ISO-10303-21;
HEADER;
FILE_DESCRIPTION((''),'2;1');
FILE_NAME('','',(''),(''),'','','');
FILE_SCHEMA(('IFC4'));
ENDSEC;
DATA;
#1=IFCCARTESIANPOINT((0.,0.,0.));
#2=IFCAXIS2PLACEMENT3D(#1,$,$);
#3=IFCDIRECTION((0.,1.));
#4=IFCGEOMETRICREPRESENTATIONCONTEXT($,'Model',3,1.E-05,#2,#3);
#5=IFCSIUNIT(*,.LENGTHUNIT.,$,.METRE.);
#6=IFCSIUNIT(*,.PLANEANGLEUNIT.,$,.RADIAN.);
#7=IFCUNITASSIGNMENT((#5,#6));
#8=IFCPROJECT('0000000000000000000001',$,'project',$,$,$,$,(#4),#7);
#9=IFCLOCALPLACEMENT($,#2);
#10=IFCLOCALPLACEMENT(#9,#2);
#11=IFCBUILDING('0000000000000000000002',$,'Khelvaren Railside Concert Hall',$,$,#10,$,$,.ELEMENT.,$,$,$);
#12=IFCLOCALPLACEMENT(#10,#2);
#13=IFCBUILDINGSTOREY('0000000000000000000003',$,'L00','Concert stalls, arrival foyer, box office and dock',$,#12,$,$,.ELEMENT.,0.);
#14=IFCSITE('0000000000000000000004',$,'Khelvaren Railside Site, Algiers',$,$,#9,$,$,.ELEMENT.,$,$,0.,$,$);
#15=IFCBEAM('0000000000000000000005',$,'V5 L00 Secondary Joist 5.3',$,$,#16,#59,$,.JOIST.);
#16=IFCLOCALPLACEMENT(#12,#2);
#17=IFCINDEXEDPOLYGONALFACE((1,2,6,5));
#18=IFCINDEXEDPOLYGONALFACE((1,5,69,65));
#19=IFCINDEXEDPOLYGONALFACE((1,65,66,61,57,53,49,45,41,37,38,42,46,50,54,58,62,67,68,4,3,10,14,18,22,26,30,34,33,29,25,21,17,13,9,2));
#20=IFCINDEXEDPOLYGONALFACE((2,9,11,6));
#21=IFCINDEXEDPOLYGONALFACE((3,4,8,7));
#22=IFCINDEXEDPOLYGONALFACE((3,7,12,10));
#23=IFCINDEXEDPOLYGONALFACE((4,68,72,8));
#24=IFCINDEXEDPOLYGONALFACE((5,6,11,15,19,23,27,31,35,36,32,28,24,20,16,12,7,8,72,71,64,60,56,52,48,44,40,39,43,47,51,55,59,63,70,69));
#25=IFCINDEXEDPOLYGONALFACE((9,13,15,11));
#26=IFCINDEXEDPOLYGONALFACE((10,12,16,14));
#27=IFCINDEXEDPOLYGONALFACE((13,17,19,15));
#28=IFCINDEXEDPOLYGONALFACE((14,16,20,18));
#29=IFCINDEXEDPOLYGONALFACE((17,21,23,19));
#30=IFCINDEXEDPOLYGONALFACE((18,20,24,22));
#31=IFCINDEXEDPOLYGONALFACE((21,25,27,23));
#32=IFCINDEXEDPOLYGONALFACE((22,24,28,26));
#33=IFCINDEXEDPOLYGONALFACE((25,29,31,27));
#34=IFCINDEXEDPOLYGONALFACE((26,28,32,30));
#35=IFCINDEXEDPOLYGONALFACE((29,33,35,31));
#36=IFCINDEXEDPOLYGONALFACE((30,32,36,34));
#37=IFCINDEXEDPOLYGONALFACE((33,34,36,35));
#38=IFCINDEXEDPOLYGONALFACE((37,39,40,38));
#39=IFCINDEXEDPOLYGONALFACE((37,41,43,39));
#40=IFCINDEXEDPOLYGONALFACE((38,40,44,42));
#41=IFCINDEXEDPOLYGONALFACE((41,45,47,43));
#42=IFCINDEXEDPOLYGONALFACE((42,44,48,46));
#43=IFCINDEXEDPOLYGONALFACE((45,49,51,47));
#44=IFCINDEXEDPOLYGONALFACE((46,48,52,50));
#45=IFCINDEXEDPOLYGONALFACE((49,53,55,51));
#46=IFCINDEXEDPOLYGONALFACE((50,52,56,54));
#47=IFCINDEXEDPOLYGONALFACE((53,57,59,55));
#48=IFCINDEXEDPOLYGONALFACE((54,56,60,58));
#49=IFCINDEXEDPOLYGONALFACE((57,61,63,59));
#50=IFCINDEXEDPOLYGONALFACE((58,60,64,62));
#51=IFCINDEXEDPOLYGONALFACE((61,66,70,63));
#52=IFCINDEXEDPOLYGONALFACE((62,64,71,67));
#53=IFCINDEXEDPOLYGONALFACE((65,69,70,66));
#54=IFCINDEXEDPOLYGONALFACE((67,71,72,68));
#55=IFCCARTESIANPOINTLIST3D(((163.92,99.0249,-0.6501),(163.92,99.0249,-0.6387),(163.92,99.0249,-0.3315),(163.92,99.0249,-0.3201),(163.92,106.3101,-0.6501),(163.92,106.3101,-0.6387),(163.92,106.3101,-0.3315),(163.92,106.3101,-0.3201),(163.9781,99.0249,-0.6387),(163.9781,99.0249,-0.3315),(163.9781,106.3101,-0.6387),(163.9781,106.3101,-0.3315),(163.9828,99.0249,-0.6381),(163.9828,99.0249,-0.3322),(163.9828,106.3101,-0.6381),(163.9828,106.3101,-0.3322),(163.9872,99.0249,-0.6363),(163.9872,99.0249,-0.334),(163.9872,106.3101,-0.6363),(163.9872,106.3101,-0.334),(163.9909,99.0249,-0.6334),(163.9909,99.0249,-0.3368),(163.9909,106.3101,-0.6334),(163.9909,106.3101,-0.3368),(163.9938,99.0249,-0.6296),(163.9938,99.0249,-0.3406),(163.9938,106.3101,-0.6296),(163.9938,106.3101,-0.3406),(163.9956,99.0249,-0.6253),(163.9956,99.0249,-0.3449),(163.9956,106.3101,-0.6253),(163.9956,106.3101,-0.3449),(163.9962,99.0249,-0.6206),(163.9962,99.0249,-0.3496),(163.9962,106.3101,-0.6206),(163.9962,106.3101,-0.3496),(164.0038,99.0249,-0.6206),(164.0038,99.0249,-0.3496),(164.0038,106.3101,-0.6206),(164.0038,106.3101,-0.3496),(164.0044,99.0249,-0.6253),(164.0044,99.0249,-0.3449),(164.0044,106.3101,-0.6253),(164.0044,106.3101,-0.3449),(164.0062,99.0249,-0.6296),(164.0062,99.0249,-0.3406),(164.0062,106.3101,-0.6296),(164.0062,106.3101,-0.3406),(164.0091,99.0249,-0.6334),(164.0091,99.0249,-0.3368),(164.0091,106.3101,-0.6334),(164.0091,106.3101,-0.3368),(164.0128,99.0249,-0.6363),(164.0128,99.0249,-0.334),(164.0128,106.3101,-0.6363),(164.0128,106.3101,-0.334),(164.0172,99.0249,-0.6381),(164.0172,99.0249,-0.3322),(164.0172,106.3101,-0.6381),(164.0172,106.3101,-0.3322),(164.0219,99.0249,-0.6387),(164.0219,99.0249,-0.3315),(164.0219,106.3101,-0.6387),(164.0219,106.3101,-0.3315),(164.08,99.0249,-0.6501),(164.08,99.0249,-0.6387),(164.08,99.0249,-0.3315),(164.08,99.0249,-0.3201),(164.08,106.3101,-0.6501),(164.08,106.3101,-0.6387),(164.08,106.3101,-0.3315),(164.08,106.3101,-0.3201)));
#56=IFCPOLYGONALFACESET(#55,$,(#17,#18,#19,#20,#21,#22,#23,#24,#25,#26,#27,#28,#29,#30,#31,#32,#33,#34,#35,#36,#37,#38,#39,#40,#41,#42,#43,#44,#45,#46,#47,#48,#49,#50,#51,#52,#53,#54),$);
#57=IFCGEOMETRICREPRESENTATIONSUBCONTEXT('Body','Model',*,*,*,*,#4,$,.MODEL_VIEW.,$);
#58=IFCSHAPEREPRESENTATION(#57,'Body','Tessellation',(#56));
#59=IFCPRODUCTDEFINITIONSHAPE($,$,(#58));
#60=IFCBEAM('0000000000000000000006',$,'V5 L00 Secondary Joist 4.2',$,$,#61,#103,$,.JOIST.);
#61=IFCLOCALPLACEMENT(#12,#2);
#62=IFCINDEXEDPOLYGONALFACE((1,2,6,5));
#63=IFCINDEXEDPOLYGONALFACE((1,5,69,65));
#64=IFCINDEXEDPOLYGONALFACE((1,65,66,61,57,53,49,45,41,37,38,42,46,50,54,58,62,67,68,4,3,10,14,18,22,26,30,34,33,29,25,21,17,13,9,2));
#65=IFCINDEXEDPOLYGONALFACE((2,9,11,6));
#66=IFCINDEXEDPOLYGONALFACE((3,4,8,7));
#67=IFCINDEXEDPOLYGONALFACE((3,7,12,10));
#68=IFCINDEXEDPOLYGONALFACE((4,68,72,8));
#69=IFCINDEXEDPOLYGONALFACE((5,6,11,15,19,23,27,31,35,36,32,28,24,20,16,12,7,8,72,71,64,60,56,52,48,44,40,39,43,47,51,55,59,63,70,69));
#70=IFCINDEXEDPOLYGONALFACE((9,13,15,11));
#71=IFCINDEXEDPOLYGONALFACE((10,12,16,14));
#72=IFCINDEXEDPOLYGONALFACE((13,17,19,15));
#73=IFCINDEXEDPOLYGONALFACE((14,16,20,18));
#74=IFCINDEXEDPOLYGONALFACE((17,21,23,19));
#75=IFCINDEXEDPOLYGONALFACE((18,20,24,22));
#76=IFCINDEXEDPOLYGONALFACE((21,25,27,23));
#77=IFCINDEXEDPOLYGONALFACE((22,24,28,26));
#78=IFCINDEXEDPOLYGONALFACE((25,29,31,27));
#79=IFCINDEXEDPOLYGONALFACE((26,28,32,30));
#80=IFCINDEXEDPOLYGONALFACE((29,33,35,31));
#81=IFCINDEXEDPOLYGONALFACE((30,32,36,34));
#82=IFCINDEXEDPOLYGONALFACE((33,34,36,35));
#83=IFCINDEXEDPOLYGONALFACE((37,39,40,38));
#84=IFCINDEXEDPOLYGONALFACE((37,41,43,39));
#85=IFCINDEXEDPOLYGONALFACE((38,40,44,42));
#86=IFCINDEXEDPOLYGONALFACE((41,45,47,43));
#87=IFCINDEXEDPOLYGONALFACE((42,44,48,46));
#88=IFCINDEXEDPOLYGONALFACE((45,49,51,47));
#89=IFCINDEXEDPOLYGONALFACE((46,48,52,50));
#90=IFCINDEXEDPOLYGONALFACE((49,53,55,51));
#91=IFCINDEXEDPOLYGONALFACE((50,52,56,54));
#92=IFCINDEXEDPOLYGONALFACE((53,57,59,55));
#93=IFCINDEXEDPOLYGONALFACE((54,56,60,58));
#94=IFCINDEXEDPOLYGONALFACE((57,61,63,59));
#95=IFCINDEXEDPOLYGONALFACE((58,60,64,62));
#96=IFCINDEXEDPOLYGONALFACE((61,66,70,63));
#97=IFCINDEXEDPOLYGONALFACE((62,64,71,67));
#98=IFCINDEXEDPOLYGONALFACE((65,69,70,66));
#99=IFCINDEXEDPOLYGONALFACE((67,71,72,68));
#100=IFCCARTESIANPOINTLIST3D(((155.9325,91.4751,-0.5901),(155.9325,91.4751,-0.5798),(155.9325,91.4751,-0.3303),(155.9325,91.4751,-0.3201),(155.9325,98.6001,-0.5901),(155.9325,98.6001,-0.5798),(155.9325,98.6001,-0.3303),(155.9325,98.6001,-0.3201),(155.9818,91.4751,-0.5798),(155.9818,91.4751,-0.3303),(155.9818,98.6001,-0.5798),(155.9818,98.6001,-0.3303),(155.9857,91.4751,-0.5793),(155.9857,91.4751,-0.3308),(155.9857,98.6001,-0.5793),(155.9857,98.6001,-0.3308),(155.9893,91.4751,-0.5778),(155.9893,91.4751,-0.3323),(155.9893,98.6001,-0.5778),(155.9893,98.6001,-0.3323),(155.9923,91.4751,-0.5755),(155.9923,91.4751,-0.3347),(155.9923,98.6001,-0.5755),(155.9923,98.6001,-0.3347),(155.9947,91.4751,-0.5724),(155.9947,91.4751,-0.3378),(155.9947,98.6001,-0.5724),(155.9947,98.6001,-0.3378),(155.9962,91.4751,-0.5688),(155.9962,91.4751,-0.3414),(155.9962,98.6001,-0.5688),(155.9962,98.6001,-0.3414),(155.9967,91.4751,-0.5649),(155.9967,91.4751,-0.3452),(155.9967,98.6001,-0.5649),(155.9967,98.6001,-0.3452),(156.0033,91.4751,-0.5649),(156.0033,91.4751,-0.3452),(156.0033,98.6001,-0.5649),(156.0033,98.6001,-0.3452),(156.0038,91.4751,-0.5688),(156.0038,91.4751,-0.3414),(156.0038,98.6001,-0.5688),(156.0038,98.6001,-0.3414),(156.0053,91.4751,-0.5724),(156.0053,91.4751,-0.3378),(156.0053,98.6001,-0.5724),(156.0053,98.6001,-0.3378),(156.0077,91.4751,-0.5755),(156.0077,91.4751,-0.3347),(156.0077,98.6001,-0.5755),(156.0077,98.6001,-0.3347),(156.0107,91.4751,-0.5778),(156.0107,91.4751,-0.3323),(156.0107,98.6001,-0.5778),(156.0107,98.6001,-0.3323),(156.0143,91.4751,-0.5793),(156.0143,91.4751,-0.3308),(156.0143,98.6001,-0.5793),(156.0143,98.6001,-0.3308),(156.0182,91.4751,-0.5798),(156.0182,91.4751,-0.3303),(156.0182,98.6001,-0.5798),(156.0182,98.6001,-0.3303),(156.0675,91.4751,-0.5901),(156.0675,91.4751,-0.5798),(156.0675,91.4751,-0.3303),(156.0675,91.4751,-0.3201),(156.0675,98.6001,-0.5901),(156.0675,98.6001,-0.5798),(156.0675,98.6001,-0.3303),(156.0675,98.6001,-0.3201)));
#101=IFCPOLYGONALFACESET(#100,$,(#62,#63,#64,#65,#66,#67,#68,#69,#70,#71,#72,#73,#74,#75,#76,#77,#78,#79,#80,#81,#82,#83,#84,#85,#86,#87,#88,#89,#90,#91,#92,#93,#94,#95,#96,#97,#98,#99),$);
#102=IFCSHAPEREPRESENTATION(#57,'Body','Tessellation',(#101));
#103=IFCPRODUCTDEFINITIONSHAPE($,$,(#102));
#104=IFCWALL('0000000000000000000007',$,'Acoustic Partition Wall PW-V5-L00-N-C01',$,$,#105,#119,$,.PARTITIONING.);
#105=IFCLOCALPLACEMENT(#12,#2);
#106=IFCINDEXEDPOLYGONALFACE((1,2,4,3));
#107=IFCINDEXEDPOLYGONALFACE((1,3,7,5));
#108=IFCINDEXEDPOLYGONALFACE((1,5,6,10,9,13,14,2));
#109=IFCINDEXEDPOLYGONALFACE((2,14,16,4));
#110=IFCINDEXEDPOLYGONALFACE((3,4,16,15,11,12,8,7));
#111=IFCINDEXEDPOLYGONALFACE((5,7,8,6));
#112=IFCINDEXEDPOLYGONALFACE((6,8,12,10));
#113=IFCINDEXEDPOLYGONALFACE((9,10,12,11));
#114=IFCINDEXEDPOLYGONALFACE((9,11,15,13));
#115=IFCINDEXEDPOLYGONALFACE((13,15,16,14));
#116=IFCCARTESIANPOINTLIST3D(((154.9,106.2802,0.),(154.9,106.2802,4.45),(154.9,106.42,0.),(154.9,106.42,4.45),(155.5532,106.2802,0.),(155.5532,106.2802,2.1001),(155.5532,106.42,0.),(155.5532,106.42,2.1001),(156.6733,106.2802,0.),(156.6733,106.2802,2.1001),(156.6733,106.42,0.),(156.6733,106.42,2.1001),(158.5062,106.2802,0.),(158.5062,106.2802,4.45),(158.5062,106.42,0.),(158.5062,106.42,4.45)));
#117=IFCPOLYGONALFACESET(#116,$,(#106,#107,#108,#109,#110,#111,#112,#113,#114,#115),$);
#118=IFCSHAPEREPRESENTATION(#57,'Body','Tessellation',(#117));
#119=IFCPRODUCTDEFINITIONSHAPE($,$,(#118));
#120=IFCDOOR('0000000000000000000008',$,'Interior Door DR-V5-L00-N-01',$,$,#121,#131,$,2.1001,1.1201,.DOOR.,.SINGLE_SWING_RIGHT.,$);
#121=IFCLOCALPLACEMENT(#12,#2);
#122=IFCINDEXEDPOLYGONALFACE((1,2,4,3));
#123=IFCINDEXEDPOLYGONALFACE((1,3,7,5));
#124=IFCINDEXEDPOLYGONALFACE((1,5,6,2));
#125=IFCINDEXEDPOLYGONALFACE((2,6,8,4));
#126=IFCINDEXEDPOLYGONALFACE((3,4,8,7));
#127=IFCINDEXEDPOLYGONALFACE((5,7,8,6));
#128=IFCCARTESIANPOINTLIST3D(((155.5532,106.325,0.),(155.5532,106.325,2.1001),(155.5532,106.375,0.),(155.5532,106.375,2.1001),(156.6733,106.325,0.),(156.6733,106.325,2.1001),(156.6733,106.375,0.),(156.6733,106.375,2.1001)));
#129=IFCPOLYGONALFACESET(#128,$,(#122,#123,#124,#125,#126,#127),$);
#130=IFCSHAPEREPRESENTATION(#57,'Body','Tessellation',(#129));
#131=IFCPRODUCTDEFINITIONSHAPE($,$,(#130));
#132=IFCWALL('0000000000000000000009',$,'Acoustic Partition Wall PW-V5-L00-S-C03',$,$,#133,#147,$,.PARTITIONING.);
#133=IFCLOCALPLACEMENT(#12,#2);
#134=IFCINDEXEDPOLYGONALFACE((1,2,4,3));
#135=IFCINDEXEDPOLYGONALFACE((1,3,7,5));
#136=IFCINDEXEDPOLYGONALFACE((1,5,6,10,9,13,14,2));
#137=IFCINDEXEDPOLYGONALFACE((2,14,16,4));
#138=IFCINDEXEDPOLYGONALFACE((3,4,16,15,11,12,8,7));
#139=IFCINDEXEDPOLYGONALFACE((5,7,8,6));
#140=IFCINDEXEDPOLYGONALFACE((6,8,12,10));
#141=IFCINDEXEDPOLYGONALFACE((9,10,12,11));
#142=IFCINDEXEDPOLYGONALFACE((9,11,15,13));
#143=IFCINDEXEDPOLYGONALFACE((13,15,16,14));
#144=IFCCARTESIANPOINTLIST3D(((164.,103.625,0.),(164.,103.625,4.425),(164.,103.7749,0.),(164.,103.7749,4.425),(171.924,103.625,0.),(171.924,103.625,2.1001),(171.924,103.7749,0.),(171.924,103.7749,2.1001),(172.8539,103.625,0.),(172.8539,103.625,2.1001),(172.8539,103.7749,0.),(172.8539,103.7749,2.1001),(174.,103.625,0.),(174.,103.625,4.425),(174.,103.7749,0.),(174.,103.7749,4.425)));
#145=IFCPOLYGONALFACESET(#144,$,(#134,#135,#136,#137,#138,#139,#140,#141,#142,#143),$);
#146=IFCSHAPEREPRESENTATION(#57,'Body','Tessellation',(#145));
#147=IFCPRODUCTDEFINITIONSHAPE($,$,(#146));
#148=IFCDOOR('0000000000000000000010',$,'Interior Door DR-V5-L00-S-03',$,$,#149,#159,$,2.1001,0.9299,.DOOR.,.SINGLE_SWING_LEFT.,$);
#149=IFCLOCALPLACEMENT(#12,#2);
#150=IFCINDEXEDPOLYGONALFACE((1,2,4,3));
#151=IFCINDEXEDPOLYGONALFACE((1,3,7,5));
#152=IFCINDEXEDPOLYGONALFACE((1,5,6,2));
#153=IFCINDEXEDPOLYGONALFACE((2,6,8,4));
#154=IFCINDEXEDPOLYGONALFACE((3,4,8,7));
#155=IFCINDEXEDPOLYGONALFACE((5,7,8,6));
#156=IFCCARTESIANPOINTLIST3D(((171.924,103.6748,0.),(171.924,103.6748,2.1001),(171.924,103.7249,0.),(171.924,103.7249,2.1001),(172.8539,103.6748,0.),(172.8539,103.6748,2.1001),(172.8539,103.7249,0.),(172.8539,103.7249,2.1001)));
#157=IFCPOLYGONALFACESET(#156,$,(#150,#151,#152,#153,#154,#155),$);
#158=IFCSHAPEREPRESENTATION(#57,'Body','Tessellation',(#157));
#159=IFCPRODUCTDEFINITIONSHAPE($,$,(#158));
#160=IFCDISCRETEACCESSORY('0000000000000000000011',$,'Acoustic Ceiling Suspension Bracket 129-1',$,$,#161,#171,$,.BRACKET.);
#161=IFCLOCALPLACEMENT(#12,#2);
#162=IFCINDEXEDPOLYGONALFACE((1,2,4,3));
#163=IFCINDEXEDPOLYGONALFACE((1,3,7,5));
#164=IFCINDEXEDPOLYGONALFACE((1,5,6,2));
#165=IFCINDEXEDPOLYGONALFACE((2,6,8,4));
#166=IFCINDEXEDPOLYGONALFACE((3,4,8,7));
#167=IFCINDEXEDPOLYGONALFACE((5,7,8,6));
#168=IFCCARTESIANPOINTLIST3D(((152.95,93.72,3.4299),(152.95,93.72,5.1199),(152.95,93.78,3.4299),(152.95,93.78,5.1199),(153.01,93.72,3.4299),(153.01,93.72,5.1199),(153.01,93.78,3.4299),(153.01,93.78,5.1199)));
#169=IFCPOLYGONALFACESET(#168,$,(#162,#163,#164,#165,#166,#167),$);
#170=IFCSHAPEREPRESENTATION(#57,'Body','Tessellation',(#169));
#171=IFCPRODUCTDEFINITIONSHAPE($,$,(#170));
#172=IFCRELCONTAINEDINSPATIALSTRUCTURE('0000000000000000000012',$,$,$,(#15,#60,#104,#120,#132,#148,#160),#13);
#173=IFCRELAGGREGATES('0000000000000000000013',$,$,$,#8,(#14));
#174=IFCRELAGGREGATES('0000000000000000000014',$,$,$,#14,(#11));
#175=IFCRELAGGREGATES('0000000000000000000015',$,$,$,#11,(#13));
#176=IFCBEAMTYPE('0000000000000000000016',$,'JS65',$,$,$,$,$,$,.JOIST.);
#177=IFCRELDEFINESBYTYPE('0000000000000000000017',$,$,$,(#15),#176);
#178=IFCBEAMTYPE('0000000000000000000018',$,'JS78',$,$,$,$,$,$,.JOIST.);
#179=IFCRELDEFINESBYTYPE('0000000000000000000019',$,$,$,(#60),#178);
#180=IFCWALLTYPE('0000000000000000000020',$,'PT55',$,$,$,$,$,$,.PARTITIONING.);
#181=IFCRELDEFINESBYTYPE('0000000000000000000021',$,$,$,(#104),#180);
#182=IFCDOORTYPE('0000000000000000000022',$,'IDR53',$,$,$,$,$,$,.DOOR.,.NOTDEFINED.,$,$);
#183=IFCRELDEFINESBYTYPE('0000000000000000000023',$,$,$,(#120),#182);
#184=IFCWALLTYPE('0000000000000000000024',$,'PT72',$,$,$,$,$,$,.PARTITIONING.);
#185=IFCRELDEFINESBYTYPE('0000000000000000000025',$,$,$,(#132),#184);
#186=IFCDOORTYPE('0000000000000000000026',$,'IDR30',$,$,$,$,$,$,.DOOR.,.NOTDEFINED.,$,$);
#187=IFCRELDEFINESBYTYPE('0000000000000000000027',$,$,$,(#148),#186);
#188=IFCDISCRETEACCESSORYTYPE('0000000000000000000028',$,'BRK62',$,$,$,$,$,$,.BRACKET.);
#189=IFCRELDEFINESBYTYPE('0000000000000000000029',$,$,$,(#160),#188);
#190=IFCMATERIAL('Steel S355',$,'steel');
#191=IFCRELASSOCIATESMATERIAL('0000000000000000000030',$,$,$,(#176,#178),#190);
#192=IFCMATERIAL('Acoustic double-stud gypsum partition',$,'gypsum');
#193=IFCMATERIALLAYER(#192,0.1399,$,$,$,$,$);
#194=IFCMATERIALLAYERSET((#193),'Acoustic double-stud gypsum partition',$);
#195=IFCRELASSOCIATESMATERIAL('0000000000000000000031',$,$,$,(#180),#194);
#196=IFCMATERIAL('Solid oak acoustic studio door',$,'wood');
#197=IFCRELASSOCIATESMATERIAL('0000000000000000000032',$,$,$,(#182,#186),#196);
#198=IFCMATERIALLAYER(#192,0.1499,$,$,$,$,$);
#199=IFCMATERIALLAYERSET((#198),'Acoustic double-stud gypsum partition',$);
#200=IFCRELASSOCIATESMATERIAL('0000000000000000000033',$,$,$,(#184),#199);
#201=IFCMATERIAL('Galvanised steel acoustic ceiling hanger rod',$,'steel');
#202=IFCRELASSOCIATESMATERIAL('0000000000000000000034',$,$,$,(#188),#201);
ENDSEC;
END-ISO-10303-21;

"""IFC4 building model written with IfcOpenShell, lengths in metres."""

from ifc_helpers import new_model, si_unit, direction, frame, frame_2d, origin, origin_2d, place, context, subcontext, project, spatial, rectangle, i_section, extrude, material, layer, layer_set, material_profile, profile_set, type_object, element, fill, save


model = new_model("IFC4")

# Units and contexts
model_context = context("Model", 3, precision=1e-05, world=origin(), true_north=direction((0.0, 1.0)))
body_context = subcontext(model_context, "Body", "Model", "MODEL_VIEW")
ifc_project = project(units=[si_unit("LENGTHUNIT", "METRE"), si_unit("PLANEANGLEUNIT", "RADIAN")], contexts=[model_context])

# Site, building, storey
site_placement = place(None, origin())
site = spatial("IfcSite", under=ifc_project, at=site_placement, Name="Khelvaren Railside Site, Algiers", CompositionType="ELEMENT", RefElevation=0.0)
building_placement = place(site_placement, origin())
building = spatial("IfcBuilding", under=site, at=building_placement, Name="Khelvaren Railside Concert Hall", CompositionType="ELEMENT")
storey_placement = place(building_placement, origin())
storey = spatial("IfcBuildingStorey", under=building, at=storey_placement, Name="L00", Description="Concert stalls, arrival foyer, box office and dock", CompositionType="ELEMENT", Elevation=0.0)

# Beams
ifc_material_1 = material(Name="Steel S355", Category="steel")
ifc_material_profile_1 = material_profile(ifc_material_1, i_section(OverallWidth=0.1599, OverallDepth=0.3301, WebThickness=0.0076, FlangeThickness=0.0115, FilletRadius=0.0181, at=origin_2d()), Name="IPE 330")
ifc_profile_set_1 = profile_set([ifc_material_profile_1], Name="Steel S355")
beam_type_1 = type_object("IfcBeamType", Name="JS65", PredefinedType="JOIST", material=ifc_profile_set_1)
beam_1_placement = place(storey_placement, frame((164.0, 99.0249, -0.4851), z_axis=(0.0, 1.0, 0.0), x_axis=(-1.0, 0.0, 0.0)))
element("IfcBeam", 1, at=beam_1_placement, inside=storey, type_object=beam_type_1, Name="V5 L00 Secondary Joist 5.3", PredefinedType="JOIST", context=body_context, shape_type="SweptSolid", body=[
    extrude(i_section(OverallWidth=0.1599, OverallDepth=0.3301, WebThickness=0.0076, FlangeThickness=0.0115, FilletRadius=0.0181, at=origin_2d()), origin(), (0.0, 0.0, 1.0), 7.2852),
])
ifc_material_profile_2 = material_profile(ifc_material_1, i_section(OverallWidth=0.135, OverallDepth=0.27, WebThickness=0.0066, FlangeThickness=0.0103, FilletRadius=0.0149, at=origin_2d()), Name="IPE 270")
ifc_profile_set_2 = profile_set([ifc_material_profile_2], Name="Steel S355")
beam_type_2 = type_object("IfcBeamType", Name="JS78", PredefinedType="JOIST", material=ifc_profile_set_2)
beam_2_placement = place(storey_placement, frame((156.0, 91.4751, -0.4551), z_axis=(0.0, 1.0, 0.0), x_axis=(-1.0, 0.0, 0.0)))
element("IfcBeam", 2, at=beam_2_placement, inside=storey, type_object=beam_type_2, Name="V5 L00 Secondary Joist 4.2", PredefinedType="JOIST", context=body_context, shape_type="SweptSolid", body=[
    extrude(i_section(OverallWidth=0.135, OverallDepth=0.27, WebThickness=0.0066, FlangeThickness=0.0103, FilletRadius=0.0149, at=origin_2d()), origin(), (0.0, 0.0, 1.0), 7.125),
])

# Walls, openings, doors
ifc_material_2 = material(Name="Acoustic double-stud gypsum partition", Category="gypsum")
ifc_layer_1 = layer(ifc_material_2, 0.1399)
ifc_layer_set_1 = layer_set([ifc_layer_1], Name="Acoustic double-stud gypsum partition")
wall_type_1 = type_object("IfcWallType", Name="PT55", PredefinedType="PARTITIONING", material=ifc_layer_set_1)
wall_1_placement = place(storey_placement, frame((154.8999, 106.3501, 0.0), z_axis=(0.0, 0.0, 1.0), x_axis=(1.0, 0.0, 0.0)))
wall_1 = element("IfcWall", 3, at=wall_1_placement, inside=storey, type_object=wall_type_1, Name="Acoustic Partition Wall PW-V5-L00-N-C01", PredefinedType="PARTITIONING", context=body_context, shape_type="SweptSolid", body=[
    extrude(rectangle(XDim=3.6062, YDim=0.1399, at=frame_2d((1.8032, 0.0))), origin(), (0.0, 0.0, 1.0), 4.45),
])
opening_1_placement = place(wall_1_placement, frame((0.6533, 0.0, 0.0)))
opening_1 = element("IfcOpeningElement", 4, at=opening_1_placement, cuts=wall_1, PredefinedType="OPENING", context=body_context, shape_type="SweptSolid", body=[
    extrude(rectangle(XDim=1.1201, YDim=2.1001, at=frame_2d((0.5601, 1.05))), frame((0.0, 0.0798, 0.0), z_axis=(0.0, -1.0, 0.0), x_axis=(1.0, 0.0, 0.0)), (0.0, 0.0, 1.0), 0.1599),
])
ifc_material_3 = material(Name="Solid oak acoustic studio door", Category="wood")
door_type_1 = type_object("IfcDoorType", Name="IDR53", OperationType="NOTDEFINED", PredefinedType="DOOR", material=ifc_material_3)
door_1_placement = place(opening_1_placement, origin())
door_1 = element("IfcDoor", 5, at=door_1_placement, inside=storey, type_object=door_type_1, Name="Interior Door DR-V5-L00-N-01", OperationType="SINGLE_SWING_RIGHT", OverallHeight=2.1001, OverallWidth=1.1201, PredefinedType="DOOR", context=body_context, shape_type="SweptSolid", body=[
    extrude(rectangle(XDim=1.1201, YDim=2.1001, at=frame_2d((0.5601, 1.05))), frame((0.0, 0.0249, 0.0), z_axis=(0.0, -1.0, 0.0), x_axis=(1.0, 0.0, 0.0)), (0.0, 0.0, 1.0), 0.05),
])
fill(opening_1, door_1)
ifc_layer_2 = layer(ifc_material_2, 0.1499)
ifc_layer_set_2 = layer_set([ifc_layer_2], Name="Acoustic double-stud gypsum partition")
wall_type_2 = type_object("IfcWallType", Name="PT72", PredefinedType="PARTITIONING", material=ifc_layer_set_2)
wall_2_placement = place(storey_placement, frame((164.0, 103.7, 0.0), z_axis=(0.0, 0.0, 1.0), x_axis=(1.0, 0.0, 0.0)))
wall_2 = element("IfcWall", 6, at=wall_2_placement, inside=storey, type_object=wall_type_2, Name="Acoustic Partition Wall PW-V5-L00-S-C03", PredefinedType="PARTITIONING", context=body_context, shape_type="SweptSolid", body=[
    extrude(rectangle(XDim=10.0, YDim=0.1499, at=frame_2d((5.0, 0.0))), origin(), (0.0, 0.0, 1.0), 4.425),
])
opening_2_placement = place(wall_2_placement, frame((7.9241, 0.0, 0.0)))
opening_2 = element("IfcOpeningElement", 7, at=opening_2_placement, cuts=wall_2, PredefinedType="OPENING", context=body_context, shape_type="SweptSolid", body=[
    extrude(rectangle(XDim=0.9299, YDim=2.1001, at=frame_2d((0.4648, 1.05))), frame((0.0, 0.085, 0.0), z_axis=(0.0, -1.0, 0.0), x_axis=(1.0, 0.0, 0.0)), (0.0, 0.0, 1.0), 0.1699),
])
door_type_2 = type_object("IfcDoorType", Name="IDR30", OperationType="NOTDEFINED", PredefinedType="DOOR", material=ifc_material_3)
door_2_placement = place(opening_2_placement, origin())
door_2 = element("IfcDoor", 8, at=door_2_placement, inside=storey, type_object=door_type_2, Name="Interior Door DR-V5-L00-S-03", OperationType="SINGLE_SWING_LEFT", OverallHeight=2.1001, OverallWidth=0.9299, PredefinedType="DOOR", context=body_context, shape_type="SweptSolid", body=[
    extrude(rectangle(XDim=0.9299, YDim=2.1001, at=frame_2d((0.4648, 1.05))), frame((0.0, 0.0249, 0.0), z_axis=(0.0, -1.0, 0.0), x_axis=(1.0, 0.0, 0.0)), (0.0, 0.0, 1.0), 0.05),
])
fill(opening_2, door_2)

# Discrete accessory
ifc_material_4 = material(Name="Galvanised steel acoustic ceiling hanger rod", Category="steel")
discrete_accessory_type = type_object("IfcDiscreteAccessoryType", Name="BRK62", PredefinedType="BRACKET", material=ifc_material_4)
for number, where, z_axis, x_axis, name in (
    (9, (152.98, 93.75, 3.4299), (0.0, 0.0, 1.0), (1.0, 0.0, 0.0), "Acoustic Ceiling Suspension Bracket 129-1"),
):
    element("IfcDiscreteAccessory", number, at=place(storey_placement, frame(where, z_axis=z_axis, x_axis=x_axis)), inside=storey, type_object=discrete_accessory_type, Name=name, PredefinedType="BRACKET", context=body_context, shape_type="SweptSolid", body=[
        extrude(rectangle(XDim=0.0601, YDim=0.0601, at=origin_2d()), origin(), (0.0, 0.0, 1.0), 1.6899),
    ])

save(model, "model.ifc")
